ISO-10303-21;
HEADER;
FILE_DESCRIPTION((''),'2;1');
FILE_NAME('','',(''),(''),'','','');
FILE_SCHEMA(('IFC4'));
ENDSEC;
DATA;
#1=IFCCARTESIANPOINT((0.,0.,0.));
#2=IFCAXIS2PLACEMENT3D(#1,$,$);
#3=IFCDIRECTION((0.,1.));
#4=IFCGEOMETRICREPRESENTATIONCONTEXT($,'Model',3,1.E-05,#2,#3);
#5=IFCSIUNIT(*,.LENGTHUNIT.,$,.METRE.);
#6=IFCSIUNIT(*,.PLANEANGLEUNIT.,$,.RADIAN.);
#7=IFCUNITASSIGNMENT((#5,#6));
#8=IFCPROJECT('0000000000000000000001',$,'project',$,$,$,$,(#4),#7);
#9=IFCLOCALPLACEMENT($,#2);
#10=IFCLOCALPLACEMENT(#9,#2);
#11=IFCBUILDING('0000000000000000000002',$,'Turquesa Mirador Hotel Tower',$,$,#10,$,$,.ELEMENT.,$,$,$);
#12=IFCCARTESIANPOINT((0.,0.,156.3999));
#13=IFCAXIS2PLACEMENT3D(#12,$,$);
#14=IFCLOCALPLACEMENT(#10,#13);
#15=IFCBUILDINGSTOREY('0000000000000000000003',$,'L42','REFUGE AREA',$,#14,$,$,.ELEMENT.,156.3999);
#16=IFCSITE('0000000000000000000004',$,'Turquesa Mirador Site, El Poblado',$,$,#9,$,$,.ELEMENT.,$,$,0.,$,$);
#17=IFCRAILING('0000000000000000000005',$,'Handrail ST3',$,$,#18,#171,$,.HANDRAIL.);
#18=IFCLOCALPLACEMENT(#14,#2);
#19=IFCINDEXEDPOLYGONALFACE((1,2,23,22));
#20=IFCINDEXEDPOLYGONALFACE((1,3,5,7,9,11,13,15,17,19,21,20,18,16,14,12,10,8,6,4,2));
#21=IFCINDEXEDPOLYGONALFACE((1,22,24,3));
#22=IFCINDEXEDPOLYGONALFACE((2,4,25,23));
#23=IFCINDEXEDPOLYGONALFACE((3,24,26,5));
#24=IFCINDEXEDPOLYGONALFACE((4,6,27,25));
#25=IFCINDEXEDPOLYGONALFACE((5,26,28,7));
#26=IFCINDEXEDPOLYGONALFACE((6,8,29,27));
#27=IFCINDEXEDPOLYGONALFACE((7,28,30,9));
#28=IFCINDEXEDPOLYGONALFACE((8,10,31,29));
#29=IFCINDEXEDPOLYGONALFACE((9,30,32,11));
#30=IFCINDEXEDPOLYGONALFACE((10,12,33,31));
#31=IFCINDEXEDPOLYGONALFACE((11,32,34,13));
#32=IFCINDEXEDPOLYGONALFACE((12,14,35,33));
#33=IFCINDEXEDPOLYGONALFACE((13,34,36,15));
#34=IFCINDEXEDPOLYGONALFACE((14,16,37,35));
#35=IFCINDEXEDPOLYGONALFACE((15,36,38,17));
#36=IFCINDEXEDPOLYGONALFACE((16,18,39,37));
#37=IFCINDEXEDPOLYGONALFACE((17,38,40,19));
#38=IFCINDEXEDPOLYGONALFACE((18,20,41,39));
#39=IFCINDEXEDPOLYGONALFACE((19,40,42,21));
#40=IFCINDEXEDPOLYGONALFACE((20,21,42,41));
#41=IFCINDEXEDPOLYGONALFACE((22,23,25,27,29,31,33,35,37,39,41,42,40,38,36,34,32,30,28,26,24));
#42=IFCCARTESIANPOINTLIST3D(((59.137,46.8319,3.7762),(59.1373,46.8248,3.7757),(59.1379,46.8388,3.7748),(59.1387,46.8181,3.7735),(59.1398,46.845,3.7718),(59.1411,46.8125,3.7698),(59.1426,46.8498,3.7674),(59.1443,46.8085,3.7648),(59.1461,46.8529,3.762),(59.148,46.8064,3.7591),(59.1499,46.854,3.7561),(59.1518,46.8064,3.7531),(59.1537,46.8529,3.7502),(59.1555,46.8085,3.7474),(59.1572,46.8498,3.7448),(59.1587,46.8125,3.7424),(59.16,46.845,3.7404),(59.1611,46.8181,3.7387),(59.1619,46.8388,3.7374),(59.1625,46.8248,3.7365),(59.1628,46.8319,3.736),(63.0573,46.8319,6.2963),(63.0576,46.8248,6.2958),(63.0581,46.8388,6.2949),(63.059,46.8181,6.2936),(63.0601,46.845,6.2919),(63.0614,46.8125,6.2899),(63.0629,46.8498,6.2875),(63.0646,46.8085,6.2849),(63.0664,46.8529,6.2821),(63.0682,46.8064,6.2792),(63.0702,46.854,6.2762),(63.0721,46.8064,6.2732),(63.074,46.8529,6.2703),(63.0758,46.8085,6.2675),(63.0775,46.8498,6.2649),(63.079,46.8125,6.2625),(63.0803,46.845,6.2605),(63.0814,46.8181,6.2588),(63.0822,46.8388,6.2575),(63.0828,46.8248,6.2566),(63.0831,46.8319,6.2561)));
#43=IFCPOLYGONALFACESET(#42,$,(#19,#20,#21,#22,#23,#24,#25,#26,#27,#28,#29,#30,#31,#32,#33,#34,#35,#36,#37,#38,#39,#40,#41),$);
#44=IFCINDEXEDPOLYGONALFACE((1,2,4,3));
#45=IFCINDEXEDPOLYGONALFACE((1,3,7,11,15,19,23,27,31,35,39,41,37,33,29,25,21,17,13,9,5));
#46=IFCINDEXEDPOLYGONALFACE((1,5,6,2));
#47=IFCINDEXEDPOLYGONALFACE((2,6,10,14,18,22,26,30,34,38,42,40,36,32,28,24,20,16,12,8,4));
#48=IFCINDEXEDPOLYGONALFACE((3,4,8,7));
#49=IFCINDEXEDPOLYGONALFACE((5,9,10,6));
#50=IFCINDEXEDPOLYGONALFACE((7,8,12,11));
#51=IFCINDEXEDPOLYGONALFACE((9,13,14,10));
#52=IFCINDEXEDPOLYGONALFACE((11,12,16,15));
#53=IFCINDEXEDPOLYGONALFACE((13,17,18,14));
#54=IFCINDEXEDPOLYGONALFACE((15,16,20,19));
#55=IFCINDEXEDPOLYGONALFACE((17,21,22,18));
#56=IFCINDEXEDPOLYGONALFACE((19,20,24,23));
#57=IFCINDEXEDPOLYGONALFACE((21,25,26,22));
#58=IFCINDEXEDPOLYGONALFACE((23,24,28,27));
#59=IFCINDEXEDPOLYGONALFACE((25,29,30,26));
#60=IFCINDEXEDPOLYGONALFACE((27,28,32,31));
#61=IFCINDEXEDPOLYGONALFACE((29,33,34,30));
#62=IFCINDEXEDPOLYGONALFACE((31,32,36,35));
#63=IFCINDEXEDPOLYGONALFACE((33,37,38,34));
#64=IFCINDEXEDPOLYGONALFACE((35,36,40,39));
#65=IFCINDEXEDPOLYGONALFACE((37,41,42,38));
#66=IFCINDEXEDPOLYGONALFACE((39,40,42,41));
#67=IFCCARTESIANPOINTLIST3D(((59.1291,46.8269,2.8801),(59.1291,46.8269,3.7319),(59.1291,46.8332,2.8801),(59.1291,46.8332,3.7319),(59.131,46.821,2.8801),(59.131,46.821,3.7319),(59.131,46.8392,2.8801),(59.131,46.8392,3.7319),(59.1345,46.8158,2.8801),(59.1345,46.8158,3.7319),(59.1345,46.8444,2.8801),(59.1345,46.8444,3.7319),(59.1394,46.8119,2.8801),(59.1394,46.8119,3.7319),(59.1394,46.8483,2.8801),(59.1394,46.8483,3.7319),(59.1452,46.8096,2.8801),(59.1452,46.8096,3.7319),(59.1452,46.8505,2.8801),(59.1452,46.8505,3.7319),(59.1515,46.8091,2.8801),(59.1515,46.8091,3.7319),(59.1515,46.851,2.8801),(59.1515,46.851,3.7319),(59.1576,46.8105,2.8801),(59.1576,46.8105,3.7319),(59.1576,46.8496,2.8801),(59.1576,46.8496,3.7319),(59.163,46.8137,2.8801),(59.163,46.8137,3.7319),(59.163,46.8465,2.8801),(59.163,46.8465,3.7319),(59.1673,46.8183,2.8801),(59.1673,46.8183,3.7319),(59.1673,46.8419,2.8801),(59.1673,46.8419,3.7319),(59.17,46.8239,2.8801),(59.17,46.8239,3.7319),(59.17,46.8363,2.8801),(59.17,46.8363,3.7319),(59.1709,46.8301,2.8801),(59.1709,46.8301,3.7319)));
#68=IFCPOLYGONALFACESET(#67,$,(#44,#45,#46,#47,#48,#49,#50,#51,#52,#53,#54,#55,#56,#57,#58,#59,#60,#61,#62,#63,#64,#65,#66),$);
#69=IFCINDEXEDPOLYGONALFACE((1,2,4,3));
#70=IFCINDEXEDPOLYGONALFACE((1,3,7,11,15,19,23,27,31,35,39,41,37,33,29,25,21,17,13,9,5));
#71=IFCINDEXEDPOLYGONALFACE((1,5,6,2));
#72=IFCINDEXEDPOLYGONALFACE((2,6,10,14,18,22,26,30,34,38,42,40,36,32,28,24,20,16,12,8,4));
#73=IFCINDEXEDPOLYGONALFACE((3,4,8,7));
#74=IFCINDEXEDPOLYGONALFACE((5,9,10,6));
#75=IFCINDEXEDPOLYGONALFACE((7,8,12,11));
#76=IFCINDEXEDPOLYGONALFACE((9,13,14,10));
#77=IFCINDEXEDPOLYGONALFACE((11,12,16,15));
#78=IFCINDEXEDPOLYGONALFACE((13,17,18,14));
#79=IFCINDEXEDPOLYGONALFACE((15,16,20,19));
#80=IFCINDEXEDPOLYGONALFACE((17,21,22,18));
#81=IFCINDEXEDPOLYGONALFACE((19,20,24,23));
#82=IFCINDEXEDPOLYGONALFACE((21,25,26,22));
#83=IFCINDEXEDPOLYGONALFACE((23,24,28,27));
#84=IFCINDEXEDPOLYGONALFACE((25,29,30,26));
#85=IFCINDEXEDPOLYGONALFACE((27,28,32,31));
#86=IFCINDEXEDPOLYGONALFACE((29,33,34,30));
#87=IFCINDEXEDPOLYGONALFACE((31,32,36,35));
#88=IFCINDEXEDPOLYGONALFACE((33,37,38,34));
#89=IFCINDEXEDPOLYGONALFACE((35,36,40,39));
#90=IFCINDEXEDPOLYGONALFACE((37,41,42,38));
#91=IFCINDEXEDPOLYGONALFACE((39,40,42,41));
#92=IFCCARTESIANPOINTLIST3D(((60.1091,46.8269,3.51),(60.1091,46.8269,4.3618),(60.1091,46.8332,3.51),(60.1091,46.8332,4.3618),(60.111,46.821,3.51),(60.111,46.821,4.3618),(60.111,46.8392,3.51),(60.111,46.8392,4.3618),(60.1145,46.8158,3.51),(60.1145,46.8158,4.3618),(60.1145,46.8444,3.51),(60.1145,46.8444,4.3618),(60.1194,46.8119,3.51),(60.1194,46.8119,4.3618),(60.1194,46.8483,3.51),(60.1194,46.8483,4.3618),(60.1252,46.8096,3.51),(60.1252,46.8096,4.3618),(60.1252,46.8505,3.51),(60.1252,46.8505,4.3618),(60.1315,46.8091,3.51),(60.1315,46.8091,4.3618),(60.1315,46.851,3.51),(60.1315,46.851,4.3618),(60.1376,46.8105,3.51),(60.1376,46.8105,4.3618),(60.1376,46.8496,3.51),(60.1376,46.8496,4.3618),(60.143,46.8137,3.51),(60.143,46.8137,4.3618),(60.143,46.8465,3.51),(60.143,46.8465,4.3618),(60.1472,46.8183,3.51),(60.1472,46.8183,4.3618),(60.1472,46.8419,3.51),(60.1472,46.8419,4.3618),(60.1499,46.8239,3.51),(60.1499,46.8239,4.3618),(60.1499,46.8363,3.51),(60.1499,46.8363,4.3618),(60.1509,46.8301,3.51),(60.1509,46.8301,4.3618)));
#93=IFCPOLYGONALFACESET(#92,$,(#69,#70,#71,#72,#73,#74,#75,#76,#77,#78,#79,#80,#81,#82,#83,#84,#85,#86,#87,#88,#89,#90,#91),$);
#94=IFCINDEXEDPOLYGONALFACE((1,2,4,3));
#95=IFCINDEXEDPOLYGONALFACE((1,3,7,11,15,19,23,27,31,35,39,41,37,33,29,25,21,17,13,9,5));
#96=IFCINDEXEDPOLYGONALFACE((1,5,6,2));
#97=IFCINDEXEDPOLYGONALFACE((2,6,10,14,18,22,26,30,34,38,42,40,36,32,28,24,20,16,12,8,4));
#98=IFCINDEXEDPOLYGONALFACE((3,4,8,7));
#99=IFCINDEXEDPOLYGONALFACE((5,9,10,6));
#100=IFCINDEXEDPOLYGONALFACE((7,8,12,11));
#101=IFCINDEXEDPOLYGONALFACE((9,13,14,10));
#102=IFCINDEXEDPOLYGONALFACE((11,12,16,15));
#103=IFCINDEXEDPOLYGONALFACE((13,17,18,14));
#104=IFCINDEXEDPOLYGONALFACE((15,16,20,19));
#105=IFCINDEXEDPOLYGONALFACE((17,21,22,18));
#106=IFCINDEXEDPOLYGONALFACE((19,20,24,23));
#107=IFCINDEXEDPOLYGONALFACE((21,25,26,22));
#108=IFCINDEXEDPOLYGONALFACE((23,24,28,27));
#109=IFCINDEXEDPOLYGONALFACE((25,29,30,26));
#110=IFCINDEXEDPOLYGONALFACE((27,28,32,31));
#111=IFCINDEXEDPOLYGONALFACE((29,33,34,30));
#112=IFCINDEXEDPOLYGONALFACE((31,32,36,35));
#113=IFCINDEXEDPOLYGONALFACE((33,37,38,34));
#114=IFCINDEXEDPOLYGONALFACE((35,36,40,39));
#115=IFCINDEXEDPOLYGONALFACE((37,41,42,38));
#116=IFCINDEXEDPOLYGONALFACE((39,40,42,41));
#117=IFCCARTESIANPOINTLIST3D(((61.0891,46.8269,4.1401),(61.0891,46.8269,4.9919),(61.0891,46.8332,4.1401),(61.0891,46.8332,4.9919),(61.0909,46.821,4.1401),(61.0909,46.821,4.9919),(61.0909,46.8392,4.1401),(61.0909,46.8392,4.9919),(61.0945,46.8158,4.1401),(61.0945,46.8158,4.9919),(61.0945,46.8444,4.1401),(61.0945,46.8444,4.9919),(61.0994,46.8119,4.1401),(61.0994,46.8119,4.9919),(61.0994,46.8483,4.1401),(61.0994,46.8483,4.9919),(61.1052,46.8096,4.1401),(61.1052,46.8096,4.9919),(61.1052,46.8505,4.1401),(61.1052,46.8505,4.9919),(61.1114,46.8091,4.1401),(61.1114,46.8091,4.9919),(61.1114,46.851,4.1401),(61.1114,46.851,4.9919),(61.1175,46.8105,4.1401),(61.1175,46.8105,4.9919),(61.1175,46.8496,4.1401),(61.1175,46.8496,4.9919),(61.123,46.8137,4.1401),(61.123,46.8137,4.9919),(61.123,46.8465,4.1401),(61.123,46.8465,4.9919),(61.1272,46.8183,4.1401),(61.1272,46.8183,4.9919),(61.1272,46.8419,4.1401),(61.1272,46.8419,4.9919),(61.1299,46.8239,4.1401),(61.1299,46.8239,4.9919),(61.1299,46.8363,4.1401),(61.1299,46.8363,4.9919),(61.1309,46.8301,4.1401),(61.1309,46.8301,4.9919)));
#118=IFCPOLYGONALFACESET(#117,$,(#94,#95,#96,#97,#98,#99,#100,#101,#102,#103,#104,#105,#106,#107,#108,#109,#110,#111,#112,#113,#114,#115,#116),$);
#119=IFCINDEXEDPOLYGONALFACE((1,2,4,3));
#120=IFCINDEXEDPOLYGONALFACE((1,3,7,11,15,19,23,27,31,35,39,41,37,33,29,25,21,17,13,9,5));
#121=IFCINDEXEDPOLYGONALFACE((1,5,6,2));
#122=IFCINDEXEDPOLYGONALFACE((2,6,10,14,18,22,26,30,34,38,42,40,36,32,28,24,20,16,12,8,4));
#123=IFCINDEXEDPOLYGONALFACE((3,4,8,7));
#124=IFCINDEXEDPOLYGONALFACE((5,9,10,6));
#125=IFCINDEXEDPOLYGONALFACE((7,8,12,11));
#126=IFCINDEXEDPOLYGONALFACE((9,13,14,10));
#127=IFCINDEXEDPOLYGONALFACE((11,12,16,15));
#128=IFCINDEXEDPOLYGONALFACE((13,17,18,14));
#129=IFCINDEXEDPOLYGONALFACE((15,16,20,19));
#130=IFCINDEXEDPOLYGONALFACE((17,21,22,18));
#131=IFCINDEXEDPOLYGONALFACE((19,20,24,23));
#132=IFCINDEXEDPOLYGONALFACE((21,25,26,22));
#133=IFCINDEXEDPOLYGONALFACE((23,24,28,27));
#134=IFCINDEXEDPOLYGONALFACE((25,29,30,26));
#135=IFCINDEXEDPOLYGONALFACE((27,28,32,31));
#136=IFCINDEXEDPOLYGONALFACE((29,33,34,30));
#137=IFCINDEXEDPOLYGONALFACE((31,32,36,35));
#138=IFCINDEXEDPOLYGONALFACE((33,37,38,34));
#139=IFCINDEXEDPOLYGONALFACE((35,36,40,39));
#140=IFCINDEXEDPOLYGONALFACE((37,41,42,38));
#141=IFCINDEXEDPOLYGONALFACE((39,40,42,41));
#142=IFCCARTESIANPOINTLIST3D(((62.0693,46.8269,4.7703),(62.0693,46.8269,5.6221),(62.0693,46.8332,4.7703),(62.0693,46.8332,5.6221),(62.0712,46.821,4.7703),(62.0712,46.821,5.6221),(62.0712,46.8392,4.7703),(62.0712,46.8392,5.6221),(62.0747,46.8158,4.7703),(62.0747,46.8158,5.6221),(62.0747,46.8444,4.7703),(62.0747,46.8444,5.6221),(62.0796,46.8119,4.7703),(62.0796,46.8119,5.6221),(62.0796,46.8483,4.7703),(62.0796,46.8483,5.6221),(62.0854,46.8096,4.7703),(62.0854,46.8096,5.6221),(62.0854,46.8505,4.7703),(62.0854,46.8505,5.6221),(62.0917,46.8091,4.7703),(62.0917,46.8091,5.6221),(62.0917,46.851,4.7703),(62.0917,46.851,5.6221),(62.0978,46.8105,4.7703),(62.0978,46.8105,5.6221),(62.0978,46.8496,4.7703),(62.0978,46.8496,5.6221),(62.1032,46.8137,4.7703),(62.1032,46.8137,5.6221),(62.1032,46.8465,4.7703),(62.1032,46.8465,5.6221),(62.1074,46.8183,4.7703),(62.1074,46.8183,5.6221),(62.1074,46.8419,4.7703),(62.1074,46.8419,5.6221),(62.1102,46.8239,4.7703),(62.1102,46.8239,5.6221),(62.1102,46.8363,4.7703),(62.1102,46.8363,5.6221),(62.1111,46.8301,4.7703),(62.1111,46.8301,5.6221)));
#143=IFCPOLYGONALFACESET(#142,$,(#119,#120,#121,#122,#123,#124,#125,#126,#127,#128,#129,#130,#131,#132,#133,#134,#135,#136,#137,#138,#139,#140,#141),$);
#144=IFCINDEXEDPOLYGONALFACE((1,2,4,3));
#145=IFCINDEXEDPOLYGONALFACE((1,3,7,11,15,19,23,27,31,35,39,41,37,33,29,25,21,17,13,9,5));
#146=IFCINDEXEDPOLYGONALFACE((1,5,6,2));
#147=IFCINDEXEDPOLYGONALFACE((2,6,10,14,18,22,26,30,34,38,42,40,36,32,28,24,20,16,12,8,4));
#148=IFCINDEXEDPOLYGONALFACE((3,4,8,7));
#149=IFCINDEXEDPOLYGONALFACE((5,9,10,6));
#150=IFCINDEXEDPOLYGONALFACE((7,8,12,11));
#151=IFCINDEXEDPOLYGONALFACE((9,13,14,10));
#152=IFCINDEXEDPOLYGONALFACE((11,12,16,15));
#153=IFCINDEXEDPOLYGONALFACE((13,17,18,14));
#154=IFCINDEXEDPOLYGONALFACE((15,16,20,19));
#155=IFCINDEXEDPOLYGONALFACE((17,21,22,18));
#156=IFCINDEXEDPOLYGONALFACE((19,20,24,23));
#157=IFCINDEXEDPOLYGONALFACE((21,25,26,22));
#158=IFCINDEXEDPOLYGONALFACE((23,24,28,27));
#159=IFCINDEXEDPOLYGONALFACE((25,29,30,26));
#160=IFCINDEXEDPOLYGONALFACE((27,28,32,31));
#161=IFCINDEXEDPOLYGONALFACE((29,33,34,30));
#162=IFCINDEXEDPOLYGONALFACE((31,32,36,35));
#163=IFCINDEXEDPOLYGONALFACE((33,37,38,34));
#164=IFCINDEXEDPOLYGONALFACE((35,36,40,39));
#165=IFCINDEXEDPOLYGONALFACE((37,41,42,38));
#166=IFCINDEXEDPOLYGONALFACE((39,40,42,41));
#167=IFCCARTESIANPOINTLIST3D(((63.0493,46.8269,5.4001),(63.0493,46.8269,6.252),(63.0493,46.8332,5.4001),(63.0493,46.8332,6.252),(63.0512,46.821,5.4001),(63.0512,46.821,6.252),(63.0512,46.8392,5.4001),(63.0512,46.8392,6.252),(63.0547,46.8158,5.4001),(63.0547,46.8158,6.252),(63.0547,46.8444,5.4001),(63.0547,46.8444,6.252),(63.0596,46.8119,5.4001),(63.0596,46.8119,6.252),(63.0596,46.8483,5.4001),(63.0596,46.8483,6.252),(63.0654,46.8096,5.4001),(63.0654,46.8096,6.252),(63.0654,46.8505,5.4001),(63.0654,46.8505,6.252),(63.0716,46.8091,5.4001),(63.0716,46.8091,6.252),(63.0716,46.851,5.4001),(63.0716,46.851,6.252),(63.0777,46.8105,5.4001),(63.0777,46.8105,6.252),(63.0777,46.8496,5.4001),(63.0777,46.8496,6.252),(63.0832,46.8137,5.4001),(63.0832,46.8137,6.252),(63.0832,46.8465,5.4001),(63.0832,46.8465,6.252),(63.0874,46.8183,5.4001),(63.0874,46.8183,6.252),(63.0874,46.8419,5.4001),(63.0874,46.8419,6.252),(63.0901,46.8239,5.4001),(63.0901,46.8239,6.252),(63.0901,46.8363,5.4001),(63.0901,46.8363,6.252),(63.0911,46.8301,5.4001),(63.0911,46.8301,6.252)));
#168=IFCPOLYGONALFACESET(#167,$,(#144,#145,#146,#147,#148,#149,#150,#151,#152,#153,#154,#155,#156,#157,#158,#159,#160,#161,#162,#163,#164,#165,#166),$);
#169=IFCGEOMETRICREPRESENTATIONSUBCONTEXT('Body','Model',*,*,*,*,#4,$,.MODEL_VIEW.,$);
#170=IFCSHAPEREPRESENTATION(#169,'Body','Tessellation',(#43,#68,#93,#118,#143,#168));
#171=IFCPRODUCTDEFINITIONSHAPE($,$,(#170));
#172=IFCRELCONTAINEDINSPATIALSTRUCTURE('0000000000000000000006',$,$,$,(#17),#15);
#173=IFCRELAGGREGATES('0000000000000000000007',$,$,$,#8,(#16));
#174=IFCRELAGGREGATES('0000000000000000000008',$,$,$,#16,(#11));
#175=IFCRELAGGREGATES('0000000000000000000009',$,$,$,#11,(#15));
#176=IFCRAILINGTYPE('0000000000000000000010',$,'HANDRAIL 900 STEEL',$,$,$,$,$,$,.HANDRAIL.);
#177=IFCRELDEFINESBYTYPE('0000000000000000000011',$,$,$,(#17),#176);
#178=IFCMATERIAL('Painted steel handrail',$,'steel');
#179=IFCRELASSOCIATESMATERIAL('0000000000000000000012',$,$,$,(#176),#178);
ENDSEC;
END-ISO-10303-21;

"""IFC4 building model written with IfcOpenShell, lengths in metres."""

from ifc_helpers import new_model, si_unit, direction, frame, origin, origin_2d, place, context, subcontext, project, spatial, circle, extrude, material, type_object, element, save


model = new_model("IFC4")

# Units and contexts
model_context = context("Model", 3, precision=1e-05, world=origin(), true_north=direction((0.0, 1.0)))
body_context = subcontext(model_context, "Body", "Model", "MODEL_VIEW")
ifc_project = project(units=[si_unit("LENGTHUNIT", "METRE"), si_unit("PLANEANGLEUNIT", "RADIAN")], contexts=[model_context])

# Site, building, storey
site_placement = place(None, origin())
site = spatial("IfcSite", under=ifc_project, at=site_placement, Name="Turquesa Mirador Site, El Poblado", CompositionType="ELEMENT", RefElevation=0.0)
building_placement = place(site_placement, origin())
building = spatial("IfcBuilding", under=site, at=building_placement, Name="Turquesa Mirador Hotel Tower", CompositionType="ELEMENT")
storey_placement = place(building_placement, frame((0.0, 0.0, 156.3999)))
storey = spatial("IfcBuildingStorey", under=building, at=storey_placement, Name="L42", Description="REFUGE AREA", CompositionType="ELEMENT", Elevation=156.3999)

# Railing
ifc_material_1 = material(Name="Painted steel handrail", Category="steel")
railing_type = type_object("IfcRailingType", Name="HANDRAIL 900 STEEL", PredefinedType="HANDRAIL", material=ifc_material_1)
railing_placement = place(storey_placement, frame((59.1499, 46.8301, 2.8801)))
element("IfcRailing", 1, at=railing_placement, inside=storey, type_object=railing_type, Name="Handrail ST3", PredefinedType="HANDRAIL", context=body_context, shape_type="SweptSolid", body=[
    extrude(circle(Radius=0.0239, at=origin_2d()), frame((0.0, 0.0, 0.876), z_axis=(0.841187, 0.0, 0.540744), x_axis=(0.0, 1.0, 0.0)), (0.0, 0.0, 1.0), 4.6604),
    extrude(circle(Radius=0.021, at=origin_2d()), origin(), (0.0, 0.0, 1.0), 0.8518),
    extrude(circle(Radius=0.021, at=origin_2d()), frame((0.98, 0.0, 0.6299)), (0.0, 0.0, 1.0), 0.8518),
    extrude(circle(Radius=0.021, at=origin_2d()), frame((1.96, 0.0, 1.26)), (0.0, 0.0, 1.0), 0.8518),
    extrude(circle(Radius=0.021, at=origin_2d()), frame((2.9402, 0.0, 1.8901)), (0.0, 0.0, 1.0), 0.8518),
    extrude(circle(Radius=0.021, at=origin_2d()), frame((3.9202, 0.0, 2.52)), (0.0, 0.0, 1.0), 0.8518),
])

save(model, "model.ifc")
